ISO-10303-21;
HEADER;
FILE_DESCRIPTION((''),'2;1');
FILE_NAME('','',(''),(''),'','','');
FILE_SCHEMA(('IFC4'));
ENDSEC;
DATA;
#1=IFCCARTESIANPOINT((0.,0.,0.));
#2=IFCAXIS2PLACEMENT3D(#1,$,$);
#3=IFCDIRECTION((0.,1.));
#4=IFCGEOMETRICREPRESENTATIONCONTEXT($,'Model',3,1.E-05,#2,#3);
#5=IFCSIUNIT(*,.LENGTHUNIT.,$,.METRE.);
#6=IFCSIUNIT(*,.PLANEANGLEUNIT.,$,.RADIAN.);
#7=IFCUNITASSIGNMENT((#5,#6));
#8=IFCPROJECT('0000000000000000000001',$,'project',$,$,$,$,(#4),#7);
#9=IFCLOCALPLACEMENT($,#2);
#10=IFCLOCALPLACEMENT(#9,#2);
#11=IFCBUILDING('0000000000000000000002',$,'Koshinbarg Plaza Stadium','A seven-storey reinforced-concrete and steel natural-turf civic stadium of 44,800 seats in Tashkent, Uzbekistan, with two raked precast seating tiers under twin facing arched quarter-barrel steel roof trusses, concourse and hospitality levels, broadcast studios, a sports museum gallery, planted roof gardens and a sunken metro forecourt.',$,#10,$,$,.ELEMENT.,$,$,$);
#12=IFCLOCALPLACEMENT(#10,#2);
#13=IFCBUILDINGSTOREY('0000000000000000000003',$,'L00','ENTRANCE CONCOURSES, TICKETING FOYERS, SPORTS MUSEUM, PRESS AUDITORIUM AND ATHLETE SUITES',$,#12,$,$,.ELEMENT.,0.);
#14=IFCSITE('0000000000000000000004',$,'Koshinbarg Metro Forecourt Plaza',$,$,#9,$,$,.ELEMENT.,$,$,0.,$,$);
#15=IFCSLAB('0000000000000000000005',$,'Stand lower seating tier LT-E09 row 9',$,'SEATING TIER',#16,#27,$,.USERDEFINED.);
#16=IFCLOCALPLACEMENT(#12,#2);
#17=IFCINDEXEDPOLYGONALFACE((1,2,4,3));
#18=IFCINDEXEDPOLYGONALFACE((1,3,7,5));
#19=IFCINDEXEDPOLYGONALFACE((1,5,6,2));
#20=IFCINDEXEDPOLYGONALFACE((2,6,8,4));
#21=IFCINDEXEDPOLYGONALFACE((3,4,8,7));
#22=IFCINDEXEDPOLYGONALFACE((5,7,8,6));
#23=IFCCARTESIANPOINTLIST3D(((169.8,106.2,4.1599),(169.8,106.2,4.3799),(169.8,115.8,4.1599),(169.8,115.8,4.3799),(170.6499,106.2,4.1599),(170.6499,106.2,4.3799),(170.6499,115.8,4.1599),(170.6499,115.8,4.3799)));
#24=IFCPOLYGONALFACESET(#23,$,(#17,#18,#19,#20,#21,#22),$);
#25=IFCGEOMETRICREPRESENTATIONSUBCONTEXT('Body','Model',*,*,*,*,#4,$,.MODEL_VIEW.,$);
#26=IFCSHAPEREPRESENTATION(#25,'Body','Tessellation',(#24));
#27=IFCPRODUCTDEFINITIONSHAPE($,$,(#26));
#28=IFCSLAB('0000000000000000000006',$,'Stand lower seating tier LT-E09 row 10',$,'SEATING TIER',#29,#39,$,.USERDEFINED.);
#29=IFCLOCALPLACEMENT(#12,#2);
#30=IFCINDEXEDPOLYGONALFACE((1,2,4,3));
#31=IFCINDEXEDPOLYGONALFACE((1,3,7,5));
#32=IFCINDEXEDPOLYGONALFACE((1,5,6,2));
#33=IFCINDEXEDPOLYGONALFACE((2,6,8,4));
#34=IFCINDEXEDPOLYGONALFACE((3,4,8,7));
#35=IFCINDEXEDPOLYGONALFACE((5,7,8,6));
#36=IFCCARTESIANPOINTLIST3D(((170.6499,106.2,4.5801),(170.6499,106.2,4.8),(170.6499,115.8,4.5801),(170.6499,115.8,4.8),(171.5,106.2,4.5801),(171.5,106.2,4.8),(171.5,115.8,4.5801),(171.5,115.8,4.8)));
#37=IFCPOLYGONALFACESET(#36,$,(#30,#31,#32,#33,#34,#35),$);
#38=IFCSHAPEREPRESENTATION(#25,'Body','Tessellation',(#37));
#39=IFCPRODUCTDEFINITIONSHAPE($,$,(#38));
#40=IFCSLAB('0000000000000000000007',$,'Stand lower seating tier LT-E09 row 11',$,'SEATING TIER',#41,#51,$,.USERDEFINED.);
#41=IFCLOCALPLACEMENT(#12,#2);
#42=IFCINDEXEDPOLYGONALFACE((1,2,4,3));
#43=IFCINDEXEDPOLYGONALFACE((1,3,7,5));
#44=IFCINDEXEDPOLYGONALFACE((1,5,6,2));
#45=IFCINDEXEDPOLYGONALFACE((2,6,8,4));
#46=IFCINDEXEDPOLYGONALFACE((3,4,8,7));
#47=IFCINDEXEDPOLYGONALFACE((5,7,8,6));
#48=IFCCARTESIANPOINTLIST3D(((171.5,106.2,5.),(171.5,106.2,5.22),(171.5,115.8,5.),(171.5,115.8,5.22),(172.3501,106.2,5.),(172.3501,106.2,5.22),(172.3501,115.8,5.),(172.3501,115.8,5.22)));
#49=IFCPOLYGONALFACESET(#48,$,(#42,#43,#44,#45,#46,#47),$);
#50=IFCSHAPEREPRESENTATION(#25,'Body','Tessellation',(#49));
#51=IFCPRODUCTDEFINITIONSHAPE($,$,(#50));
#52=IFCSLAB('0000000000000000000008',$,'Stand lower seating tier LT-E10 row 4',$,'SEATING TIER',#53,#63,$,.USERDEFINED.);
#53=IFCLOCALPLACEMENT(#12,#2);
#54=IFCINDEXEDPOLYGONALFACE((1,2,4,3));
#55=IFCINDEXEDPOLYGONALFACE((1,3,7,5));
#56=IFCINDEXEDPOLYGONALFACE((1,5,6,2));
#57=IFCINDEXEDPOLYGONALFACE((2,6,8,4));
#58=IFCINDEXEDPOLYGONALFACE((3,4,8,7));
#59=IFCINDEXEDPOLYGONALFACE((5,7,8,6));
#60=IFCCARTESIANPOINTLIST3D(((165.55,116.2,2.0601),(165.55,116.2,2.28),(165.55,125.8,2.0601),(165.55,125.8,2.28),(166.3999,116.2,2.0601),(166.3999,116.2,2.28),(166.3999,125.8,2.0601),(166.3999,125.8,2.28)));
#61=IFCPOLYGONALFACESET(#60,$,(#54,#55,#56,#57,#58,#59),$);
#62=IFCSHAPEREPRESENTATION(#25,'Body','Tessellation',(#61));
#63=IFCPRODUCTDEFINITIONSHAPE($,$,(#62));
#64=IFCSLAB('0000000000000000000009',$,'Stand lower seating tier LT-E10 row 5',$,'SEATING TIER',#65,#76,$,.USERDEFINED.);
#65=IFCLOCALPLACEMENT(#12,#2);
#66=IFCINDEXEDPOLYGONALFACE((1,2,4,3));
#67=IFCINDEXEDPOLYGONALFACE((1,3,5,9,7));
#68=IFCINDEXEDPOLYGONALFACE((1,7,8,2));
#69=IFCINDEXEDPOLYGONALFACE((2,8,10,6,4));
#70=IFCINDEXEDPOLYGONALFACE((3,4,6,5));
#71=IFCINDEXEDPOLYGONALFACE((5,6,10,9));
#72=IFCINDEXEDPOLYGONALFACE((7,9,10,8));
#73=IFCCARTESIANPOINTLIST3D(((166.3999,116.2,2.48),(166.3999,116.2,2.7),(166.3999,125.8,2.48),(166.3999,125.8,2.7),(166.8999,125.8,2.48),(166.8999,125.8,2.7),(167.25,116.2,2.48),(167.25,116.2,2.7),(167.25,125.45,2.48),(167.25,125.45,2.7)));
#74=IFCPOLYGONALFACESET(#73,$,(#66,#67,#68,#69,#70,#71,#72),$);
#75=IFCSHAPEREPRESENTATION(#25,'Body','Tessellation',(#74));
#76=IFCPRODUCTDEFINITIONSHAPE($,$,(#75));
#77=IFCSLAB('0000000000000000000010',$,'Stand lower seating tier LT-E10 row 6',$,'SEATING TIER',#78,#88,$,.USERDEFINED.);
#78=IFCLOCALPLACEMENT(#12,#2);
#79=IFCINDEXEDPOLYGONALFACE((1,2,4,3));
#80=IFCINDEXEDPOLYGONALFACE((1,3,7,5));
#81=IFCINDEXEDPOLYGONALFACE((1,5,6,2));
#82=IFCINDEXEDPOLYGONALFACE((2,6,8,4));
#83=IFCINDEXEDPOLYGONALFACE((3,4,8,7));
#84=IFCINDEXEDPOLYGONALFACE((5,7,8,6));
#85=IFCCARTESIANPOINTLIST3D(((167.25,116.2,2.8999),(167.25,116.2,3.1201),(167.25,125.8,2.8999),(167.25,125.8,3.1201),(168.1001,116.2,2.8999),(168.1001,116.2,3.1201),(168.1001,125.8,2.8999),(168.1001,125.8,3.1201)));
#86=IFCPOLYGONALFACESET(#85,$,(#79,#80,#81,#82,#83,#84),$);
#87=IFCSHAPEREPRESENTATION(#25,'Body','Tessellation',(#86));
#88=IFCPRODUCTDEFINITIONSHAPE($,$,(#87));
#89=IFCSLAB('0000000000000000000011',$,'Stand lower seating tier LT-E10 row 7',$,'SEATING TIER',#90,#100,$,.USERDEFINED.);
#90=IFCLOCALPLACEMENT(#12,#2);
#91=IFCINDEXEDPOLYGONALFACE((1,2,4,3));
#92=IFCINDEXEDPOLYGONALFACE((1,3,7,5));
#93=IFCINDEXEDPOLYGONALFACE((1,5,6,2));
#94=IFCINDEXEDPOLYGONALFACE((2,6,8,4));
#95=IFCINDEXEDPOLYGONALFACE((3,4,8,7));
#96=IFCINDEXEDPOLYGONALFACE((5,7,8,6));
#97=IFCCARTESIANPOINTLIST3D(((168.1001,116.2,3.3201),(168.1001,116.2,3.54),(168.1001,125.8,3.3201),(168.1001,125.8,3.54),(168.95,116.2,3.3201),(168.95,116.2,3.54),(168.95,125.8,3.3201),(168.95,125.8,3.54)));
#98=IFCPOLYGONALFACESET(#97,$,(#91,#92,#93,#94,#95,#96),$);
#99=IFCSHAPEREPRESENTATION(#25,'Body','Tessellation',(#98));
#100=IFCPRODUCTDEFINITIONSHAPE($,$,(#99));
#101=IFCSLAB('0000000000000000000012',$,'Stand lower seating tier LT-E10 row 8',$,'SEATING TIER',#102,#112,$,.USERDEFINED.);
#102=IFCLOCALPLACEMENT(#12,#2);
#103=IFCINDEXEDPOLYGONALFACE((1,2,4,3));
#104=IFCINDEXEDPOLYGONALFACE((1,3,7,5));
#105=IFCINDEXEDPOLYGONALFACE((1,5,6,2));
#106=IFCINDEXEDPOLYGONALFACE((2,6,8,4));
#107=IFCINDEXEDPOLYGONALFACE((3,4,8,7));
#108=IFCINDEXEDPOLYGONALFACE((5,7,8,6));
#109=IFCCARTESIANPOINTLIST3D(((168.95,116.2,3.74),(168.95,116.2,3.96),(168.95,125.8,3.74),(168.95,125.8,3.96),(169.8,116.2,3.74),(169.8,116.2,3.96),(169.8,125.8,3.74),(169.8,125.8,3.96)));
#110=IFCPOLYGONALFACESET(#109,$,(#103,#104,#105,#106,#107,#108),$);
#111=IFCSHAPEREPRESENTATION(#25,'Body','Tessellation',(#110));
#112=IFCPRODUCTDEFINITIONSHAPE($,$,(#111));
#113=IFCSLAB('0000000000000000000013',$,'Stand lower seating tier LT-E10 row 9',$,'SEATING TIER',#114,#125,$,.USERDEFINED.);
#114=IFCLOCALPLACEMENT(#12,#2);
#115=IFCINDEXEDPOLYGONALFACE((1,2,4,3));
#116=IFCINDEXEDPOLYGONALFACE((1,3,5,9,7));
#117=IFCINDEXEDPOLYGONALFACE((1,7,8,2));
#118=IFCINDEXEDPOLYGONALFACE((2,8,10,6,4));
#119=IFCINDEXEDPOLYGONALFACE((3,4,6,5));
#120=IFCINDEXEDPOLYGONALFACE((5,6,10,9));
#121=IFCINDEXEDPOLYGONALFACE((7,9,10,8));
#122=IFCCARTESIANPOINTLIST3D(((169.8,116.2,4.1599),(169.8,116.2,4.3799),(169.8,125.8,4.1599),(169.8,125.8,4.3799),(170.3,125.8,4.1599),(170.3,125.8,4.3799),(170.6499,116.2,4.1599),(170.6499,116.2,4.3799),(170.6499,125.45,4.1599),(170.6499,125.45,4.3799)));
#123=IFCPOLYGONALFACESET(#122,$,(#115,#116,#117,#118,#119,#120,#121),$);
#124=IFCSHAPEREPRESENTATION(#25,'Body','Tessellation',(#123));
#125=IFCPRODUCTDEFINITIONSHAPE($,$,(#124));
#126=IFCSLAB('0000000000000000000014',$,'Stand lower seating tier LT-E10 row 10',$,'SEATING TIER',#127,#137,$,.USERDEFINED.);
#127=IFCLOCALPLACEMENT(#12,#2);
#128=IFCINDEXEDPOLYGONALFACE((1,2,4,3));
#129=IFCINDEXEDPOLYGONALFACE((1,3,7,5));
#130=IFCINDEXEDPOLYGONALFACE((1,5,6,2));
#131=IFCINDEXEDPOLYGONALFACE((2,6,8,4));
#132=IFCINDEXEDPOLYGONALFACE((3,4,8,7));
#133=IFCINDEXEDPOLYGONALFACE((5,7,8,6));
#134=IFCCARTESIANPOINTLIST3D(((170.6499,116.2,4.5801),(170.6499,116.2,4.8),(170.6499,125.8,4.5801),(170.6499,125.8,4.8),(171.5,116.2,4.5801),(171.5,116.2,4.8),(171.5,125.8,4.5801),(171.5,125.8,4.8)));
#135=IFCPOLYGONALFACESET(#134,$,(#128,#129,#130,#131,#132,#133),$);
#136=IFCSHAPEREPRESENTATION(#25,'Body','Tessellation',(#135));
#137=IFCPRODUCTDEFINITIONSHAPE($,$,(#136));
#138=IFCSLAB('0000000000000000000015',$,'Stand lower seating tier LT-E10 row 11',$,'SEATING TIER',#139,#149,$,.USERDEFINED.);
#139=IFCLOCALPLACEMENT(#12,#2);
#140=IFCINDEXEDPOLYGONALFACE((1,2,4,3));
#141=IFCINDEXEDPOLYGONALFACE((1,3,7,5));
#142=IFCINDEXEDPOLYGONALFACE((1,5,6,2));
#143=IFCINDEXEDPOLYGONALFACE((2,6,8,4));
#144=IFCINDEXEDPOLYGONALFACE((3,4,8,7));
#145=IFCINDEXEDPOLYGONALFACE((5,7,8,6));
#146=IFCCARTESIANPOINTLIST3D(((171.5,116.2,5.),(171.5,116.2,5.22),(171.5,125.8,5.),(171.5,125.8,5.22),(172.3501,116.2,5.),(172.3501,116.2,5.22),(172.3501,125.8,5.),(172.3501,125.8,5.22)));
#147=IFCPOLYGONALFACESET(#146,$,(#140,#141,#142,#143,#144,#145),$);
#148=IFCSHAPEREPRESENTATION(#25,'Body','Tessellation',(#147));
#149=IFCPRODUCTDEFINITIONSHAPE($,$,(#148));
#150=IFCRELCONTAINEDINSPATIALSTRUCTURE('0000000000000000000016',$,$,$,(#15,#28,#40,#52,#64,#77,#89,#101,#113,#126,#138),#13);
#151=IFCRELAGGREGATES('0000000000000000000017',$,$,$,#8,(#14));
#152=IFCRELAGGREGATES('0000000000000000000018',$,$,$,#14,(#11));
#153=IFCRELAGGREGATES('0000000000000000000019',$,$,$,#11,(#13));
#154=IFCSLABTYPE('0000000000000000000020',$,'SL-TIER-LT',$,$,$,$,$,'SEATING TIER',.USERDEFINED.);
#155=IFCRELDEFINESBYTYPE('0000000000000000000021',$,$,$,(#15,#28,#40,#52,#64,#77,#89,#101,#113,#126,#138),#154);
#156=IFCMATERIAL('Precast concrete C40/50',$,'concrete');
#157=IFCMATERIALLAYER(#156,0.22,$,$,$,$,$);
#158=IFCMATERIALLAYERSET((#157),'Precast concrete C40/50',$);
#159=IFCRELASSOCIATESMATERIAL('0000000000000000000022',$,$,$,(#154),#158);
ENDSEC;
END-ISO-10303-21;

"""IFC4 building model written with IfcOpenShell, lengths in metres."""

from ifc_helpers import new_model, si_unit, direction, frame, origin, place, context, subcontext, project, spatial, polyline, outline, extrude, material, layer, layer_set, type_object, element, save


model = new_model("IFC4")

# Units and contexts
model_context = context("Model", 3, precision=1e-05, world=origin(), true_north=direction((0.0, 1.0)))
body_context = subcontext(model_context, "Body", "Model", "MODEL_VIEW")
ifc_project = project(units=[si_unit("LENGTHUNIT", "METRE"), si_unit("PLANEANGLEUNIT", "RADIAN")], contexts=[model_context])

# Site, building, storey
site_placement = place(None, origin())
site = spatial("IfcSite", under=ifc_project, at=site_placement, Name="Koshinbarg Metro Forecourt Plaza", CompositionType="ELEMENT", RefElevation=0.0)
building_placement = place(site_placement, origin())
building = spatial("IfcBuilding", under=site, at=building_placement, Name="Koshinbarg Plaza Stadium", Description="A seven-storey reinforced-concrete and steel natural-turf civic stadium of 44,800 seats in Tashkent, Uzbekistan, with two raked precast seating tiers under twin facing arched quarter-barrel steel roof trusses, concourse and hospitality levels, broadcast studios, a sports museum gallery, planted roof gardens and a sunken metro forecourt.", CompositionType="ELEMENT")
storey_placement = place(building_placement, origin())
storey = spatial("IfcBuildingStorey", under=building, at=storey_placement, Name="L00", Description="ENTRANCE CONCOURSES, TICKETING FOYERS, SPORTS MUSEUM, PRESS AUDITORIUM AND ATHLETE SUITES", CompositionType="ELEMENT", Elevation=0.0)

# Slabs
ifc_material_1 = material(Name="Precast concrete C40/50", Category="concrete")
ifc_layer_1 = layer(ifc_material_1, 0.22)
ifc_layer_set_1 = layer_set([ifc_layer_1], Name="Precast concrete C40/50")
slab_type_1 = type_object("IfcSlabType", Name="SL-TIER-LT", ElementType="SEATING TIER", PredefinedType="USERDEFINED", material=ifc_layer_set_1)
slab_1_placement = place(storey_placement, frame((0.0, 0.0, 4.1599)))
element("IfcSlab", 1, at=slab_1_placement, inside=storey, type_object=slab_type_1, Name="Stand lower seating tier LT-E09 row 9", ObjectType="SEATING TIER", PredefinedType="USERDEFINED", context=body_context, shape_type="SweptSolid", body=[
    extrude(outline(polyline([(169.8, 106.2), (170.6499, 106.2), (170.6499, 115.8), (169.8, 115.8), (169.8, 106.2)])), origin(), (0.0, 0.0, 1.0), 0.22),
])
slab_2_placement = place(storey_placement, frame((0.0, 0.0, 4.5801)))
element("IfcSlab", 2, at=slab_2_placement, inside=storey, type_object=slab_type_1, Name="Stand lower seating tier LT-E09 row 10", ObjectType="SEATING TIER", PredefinedType="USERDEFINED", context=body_context, shape_type="SweptSolid", body=[
    extrude(outline(polyline([(170.6499, 106.2), (171.5, 106.2), (171.5, 115.8), (170.6499, 115.8), (170.6499, 106.2)])), origin(), (0.0, 0.0, 1.0), 0.22),
])
slab_3_placement = place(storey_placement, frame((0.0, 0.0, 5.0)))
element("IfcSlab", 3, at=slab_3_placement, inside=storey, type_object=slab_type_1, Name="Stand lower seating tier LT-E09 row 11", ObjectType="SEATING TIER", PredefinedType="USERDEFINED", context=body_context, shape_type="SweptSolid", body=[
    extrude(outline(polyline([(171.5, 106.2), (172.3501, 106.2), (172.3501, 115.8), (171.5, 115.8), (171.5, 106.2)])), origin(), (0.0, 0.0, 1.0), 0.22),
])
slab_4_placement = place(storey_placement, frame((0.0, 0.0, 2.0601)))
element("IfcSlab", 4, at=slab_4_placement, inside=storey, type_object=slab_type_1, Name="Stand lower seating tier LT-E10 row 4", ObjectType="SEATING TIER", PredefinedType="USERDEFINED", context=body_context, shape_type="SweptSolid", body=[
    extrude(outline(polyline([(165.55, 116.2), (166.3999, 116.2), (166.3999, 125.8), (165.55, 125.8), (165.55, 116.2)])), origin(), (0.0, 0.0, 1.0), 0.22),
])
slab_5_placement = place(storey_placement, frame((0.0, 0.0, 2.48)))
element("IfcSlab", 5, at=slab_5_placement, inside=storey, type_object=slab_type_1, Name="Stand lower seating tier LT-E10 row 5", ObjectType="SEATING TIER", PredefinedType="USERDEFINED", context=body_context, shape_type="SweptSolid", body=[
    extrude(outline(polyline([(166.3999, 116.2), (167.25, 116.2), (167.25, 125.45), (166.8999, 125.8), (166.3999, 125.8), (166.3999, 116.2)])), origin(), (0.0, 0.0, 1.0), 0.22),
])
slab_6_placement = place(storey_placement, frame((0.0, 0.0, 2.8999)))
element("IfcSlab", 6, at=slab_6_placement, inside=storey, type_object=slab_type_1, Name="Stand lower seating tier LT-E10 row 6", ObjectType="SEATING TIER", PredefinedType="USERDEFINED", context=body_context, shape_type="SweptSolid", body=[
    extrude(outline(polyline([(167.25, 116.2), (168.1001, 116.2), (168.1001, 125.8), (167.25, 125.8), (167.25, 116.2)])), origin(), (0.0, 0.0, 1.0), 0.2202),
])
slab_7_placement = place(storey_placement, frame((0.0, 0.0, 3.3201)))
element("IfcSlab", 7, at=slab_7_placement, inside=storey, type_object=slab_type_1, Name="Stand lower seating tier LT-E10 row 7", ObjectType="SEATING TIER", PredefinedType="USERDEFINED", context=body_context, shape_type="SweptSolid", body=[
    extrude(outline(polyline([(168.1001, 116.2), (168.95, 116.2), (168.95, 125.8), (168.1001, 125.8), (168.1001, 116.2)])), origin(), (0.0, 0.0, 1.0), 0.22),
])
slab_8_placement = place(storey_placement, frame((0.0, 0.0, 3.74)))
element("IfcSlab", 8, at=slab_8_placement, inside=storey, type_object=slab_type_1, Name="Stand lower seating tier LT-E10 row 8", ObjectType="SEATING TIER", PredefinedType="USERDEFINED", context=body_context, shape_type="SweptSolid", body=[
    extrude(outline(polyline([(168.95, 116.2), (169.8, 116.2), (169.8, 125.8), (168.95, 125.8), (168.95, 116.2)])), origin(), (0.0, 0.0, 1.0), 0.22),
])
slab_9_placement = place(storey_placement, frame((0.0, 0.0, 4.1599)))
element("IfcSlab", 9, at=slab_9_placement, inside=storey, type_object=slab_type_1, Name="Stand lower seating tier LT-E10 row 9", ObjectType="SEATING TIER", PredefinedType="USERDEFINED", context=body_context, shape_type="SweptSolid", body=[
    extrude(outline(polyline([(169.8, 116.2), (170.6499, 116.2), (170.6499, 125.45), (170.3, 125.8), (169.8, 125.8), (169.8, 116.2)])), origin(), (0.0, 0.0, 1.0), 0.22),
])
slab_10_placement = place(storey_placement, frame((0.0, 0.0, 4.5801)))
element("IfcSlab", 10, at=slab_10_placement, inside=storey, type_object=slab_type_1, Name="Stand lower seating tier LT-E10 row 10", ObjectType="SEATING TIER", PredefinedType="USERDEFINED", context=body_context, shape_type="SweptSolid", body=[
    extrude(outline(polyline([(170.6499, 116.2), (171.5, 116.2), (171.5, 125.8), (170.6499, 125.8), (170.6499, 116.2)])), origin(), (0.0, 0.0, 1.0), 0.22),
])
slab_11_placement = place(storey_placement, frame((0.0, 0.0, 5.0)))
element("IfcSlab", 11, at=slab_11_placement, inside=storey, type_object=slab_type_1, Name="Stand lower seating tier LT-E10 row 11", ObjectType="SEATING TIER", PredefinedType="USERDEFINED", context=body_context, shape_type="SweptSolid", body=[
    extrude(outline(polyline([(171.5, 116.2), (172.3501, 116.2), (172.3501, 125.8), (171.5, 125.8), (171.5, 116.2)])), origin(), (0.0, 0.0, 1.0), 0.22),
])

save(model, "model.ifc")
